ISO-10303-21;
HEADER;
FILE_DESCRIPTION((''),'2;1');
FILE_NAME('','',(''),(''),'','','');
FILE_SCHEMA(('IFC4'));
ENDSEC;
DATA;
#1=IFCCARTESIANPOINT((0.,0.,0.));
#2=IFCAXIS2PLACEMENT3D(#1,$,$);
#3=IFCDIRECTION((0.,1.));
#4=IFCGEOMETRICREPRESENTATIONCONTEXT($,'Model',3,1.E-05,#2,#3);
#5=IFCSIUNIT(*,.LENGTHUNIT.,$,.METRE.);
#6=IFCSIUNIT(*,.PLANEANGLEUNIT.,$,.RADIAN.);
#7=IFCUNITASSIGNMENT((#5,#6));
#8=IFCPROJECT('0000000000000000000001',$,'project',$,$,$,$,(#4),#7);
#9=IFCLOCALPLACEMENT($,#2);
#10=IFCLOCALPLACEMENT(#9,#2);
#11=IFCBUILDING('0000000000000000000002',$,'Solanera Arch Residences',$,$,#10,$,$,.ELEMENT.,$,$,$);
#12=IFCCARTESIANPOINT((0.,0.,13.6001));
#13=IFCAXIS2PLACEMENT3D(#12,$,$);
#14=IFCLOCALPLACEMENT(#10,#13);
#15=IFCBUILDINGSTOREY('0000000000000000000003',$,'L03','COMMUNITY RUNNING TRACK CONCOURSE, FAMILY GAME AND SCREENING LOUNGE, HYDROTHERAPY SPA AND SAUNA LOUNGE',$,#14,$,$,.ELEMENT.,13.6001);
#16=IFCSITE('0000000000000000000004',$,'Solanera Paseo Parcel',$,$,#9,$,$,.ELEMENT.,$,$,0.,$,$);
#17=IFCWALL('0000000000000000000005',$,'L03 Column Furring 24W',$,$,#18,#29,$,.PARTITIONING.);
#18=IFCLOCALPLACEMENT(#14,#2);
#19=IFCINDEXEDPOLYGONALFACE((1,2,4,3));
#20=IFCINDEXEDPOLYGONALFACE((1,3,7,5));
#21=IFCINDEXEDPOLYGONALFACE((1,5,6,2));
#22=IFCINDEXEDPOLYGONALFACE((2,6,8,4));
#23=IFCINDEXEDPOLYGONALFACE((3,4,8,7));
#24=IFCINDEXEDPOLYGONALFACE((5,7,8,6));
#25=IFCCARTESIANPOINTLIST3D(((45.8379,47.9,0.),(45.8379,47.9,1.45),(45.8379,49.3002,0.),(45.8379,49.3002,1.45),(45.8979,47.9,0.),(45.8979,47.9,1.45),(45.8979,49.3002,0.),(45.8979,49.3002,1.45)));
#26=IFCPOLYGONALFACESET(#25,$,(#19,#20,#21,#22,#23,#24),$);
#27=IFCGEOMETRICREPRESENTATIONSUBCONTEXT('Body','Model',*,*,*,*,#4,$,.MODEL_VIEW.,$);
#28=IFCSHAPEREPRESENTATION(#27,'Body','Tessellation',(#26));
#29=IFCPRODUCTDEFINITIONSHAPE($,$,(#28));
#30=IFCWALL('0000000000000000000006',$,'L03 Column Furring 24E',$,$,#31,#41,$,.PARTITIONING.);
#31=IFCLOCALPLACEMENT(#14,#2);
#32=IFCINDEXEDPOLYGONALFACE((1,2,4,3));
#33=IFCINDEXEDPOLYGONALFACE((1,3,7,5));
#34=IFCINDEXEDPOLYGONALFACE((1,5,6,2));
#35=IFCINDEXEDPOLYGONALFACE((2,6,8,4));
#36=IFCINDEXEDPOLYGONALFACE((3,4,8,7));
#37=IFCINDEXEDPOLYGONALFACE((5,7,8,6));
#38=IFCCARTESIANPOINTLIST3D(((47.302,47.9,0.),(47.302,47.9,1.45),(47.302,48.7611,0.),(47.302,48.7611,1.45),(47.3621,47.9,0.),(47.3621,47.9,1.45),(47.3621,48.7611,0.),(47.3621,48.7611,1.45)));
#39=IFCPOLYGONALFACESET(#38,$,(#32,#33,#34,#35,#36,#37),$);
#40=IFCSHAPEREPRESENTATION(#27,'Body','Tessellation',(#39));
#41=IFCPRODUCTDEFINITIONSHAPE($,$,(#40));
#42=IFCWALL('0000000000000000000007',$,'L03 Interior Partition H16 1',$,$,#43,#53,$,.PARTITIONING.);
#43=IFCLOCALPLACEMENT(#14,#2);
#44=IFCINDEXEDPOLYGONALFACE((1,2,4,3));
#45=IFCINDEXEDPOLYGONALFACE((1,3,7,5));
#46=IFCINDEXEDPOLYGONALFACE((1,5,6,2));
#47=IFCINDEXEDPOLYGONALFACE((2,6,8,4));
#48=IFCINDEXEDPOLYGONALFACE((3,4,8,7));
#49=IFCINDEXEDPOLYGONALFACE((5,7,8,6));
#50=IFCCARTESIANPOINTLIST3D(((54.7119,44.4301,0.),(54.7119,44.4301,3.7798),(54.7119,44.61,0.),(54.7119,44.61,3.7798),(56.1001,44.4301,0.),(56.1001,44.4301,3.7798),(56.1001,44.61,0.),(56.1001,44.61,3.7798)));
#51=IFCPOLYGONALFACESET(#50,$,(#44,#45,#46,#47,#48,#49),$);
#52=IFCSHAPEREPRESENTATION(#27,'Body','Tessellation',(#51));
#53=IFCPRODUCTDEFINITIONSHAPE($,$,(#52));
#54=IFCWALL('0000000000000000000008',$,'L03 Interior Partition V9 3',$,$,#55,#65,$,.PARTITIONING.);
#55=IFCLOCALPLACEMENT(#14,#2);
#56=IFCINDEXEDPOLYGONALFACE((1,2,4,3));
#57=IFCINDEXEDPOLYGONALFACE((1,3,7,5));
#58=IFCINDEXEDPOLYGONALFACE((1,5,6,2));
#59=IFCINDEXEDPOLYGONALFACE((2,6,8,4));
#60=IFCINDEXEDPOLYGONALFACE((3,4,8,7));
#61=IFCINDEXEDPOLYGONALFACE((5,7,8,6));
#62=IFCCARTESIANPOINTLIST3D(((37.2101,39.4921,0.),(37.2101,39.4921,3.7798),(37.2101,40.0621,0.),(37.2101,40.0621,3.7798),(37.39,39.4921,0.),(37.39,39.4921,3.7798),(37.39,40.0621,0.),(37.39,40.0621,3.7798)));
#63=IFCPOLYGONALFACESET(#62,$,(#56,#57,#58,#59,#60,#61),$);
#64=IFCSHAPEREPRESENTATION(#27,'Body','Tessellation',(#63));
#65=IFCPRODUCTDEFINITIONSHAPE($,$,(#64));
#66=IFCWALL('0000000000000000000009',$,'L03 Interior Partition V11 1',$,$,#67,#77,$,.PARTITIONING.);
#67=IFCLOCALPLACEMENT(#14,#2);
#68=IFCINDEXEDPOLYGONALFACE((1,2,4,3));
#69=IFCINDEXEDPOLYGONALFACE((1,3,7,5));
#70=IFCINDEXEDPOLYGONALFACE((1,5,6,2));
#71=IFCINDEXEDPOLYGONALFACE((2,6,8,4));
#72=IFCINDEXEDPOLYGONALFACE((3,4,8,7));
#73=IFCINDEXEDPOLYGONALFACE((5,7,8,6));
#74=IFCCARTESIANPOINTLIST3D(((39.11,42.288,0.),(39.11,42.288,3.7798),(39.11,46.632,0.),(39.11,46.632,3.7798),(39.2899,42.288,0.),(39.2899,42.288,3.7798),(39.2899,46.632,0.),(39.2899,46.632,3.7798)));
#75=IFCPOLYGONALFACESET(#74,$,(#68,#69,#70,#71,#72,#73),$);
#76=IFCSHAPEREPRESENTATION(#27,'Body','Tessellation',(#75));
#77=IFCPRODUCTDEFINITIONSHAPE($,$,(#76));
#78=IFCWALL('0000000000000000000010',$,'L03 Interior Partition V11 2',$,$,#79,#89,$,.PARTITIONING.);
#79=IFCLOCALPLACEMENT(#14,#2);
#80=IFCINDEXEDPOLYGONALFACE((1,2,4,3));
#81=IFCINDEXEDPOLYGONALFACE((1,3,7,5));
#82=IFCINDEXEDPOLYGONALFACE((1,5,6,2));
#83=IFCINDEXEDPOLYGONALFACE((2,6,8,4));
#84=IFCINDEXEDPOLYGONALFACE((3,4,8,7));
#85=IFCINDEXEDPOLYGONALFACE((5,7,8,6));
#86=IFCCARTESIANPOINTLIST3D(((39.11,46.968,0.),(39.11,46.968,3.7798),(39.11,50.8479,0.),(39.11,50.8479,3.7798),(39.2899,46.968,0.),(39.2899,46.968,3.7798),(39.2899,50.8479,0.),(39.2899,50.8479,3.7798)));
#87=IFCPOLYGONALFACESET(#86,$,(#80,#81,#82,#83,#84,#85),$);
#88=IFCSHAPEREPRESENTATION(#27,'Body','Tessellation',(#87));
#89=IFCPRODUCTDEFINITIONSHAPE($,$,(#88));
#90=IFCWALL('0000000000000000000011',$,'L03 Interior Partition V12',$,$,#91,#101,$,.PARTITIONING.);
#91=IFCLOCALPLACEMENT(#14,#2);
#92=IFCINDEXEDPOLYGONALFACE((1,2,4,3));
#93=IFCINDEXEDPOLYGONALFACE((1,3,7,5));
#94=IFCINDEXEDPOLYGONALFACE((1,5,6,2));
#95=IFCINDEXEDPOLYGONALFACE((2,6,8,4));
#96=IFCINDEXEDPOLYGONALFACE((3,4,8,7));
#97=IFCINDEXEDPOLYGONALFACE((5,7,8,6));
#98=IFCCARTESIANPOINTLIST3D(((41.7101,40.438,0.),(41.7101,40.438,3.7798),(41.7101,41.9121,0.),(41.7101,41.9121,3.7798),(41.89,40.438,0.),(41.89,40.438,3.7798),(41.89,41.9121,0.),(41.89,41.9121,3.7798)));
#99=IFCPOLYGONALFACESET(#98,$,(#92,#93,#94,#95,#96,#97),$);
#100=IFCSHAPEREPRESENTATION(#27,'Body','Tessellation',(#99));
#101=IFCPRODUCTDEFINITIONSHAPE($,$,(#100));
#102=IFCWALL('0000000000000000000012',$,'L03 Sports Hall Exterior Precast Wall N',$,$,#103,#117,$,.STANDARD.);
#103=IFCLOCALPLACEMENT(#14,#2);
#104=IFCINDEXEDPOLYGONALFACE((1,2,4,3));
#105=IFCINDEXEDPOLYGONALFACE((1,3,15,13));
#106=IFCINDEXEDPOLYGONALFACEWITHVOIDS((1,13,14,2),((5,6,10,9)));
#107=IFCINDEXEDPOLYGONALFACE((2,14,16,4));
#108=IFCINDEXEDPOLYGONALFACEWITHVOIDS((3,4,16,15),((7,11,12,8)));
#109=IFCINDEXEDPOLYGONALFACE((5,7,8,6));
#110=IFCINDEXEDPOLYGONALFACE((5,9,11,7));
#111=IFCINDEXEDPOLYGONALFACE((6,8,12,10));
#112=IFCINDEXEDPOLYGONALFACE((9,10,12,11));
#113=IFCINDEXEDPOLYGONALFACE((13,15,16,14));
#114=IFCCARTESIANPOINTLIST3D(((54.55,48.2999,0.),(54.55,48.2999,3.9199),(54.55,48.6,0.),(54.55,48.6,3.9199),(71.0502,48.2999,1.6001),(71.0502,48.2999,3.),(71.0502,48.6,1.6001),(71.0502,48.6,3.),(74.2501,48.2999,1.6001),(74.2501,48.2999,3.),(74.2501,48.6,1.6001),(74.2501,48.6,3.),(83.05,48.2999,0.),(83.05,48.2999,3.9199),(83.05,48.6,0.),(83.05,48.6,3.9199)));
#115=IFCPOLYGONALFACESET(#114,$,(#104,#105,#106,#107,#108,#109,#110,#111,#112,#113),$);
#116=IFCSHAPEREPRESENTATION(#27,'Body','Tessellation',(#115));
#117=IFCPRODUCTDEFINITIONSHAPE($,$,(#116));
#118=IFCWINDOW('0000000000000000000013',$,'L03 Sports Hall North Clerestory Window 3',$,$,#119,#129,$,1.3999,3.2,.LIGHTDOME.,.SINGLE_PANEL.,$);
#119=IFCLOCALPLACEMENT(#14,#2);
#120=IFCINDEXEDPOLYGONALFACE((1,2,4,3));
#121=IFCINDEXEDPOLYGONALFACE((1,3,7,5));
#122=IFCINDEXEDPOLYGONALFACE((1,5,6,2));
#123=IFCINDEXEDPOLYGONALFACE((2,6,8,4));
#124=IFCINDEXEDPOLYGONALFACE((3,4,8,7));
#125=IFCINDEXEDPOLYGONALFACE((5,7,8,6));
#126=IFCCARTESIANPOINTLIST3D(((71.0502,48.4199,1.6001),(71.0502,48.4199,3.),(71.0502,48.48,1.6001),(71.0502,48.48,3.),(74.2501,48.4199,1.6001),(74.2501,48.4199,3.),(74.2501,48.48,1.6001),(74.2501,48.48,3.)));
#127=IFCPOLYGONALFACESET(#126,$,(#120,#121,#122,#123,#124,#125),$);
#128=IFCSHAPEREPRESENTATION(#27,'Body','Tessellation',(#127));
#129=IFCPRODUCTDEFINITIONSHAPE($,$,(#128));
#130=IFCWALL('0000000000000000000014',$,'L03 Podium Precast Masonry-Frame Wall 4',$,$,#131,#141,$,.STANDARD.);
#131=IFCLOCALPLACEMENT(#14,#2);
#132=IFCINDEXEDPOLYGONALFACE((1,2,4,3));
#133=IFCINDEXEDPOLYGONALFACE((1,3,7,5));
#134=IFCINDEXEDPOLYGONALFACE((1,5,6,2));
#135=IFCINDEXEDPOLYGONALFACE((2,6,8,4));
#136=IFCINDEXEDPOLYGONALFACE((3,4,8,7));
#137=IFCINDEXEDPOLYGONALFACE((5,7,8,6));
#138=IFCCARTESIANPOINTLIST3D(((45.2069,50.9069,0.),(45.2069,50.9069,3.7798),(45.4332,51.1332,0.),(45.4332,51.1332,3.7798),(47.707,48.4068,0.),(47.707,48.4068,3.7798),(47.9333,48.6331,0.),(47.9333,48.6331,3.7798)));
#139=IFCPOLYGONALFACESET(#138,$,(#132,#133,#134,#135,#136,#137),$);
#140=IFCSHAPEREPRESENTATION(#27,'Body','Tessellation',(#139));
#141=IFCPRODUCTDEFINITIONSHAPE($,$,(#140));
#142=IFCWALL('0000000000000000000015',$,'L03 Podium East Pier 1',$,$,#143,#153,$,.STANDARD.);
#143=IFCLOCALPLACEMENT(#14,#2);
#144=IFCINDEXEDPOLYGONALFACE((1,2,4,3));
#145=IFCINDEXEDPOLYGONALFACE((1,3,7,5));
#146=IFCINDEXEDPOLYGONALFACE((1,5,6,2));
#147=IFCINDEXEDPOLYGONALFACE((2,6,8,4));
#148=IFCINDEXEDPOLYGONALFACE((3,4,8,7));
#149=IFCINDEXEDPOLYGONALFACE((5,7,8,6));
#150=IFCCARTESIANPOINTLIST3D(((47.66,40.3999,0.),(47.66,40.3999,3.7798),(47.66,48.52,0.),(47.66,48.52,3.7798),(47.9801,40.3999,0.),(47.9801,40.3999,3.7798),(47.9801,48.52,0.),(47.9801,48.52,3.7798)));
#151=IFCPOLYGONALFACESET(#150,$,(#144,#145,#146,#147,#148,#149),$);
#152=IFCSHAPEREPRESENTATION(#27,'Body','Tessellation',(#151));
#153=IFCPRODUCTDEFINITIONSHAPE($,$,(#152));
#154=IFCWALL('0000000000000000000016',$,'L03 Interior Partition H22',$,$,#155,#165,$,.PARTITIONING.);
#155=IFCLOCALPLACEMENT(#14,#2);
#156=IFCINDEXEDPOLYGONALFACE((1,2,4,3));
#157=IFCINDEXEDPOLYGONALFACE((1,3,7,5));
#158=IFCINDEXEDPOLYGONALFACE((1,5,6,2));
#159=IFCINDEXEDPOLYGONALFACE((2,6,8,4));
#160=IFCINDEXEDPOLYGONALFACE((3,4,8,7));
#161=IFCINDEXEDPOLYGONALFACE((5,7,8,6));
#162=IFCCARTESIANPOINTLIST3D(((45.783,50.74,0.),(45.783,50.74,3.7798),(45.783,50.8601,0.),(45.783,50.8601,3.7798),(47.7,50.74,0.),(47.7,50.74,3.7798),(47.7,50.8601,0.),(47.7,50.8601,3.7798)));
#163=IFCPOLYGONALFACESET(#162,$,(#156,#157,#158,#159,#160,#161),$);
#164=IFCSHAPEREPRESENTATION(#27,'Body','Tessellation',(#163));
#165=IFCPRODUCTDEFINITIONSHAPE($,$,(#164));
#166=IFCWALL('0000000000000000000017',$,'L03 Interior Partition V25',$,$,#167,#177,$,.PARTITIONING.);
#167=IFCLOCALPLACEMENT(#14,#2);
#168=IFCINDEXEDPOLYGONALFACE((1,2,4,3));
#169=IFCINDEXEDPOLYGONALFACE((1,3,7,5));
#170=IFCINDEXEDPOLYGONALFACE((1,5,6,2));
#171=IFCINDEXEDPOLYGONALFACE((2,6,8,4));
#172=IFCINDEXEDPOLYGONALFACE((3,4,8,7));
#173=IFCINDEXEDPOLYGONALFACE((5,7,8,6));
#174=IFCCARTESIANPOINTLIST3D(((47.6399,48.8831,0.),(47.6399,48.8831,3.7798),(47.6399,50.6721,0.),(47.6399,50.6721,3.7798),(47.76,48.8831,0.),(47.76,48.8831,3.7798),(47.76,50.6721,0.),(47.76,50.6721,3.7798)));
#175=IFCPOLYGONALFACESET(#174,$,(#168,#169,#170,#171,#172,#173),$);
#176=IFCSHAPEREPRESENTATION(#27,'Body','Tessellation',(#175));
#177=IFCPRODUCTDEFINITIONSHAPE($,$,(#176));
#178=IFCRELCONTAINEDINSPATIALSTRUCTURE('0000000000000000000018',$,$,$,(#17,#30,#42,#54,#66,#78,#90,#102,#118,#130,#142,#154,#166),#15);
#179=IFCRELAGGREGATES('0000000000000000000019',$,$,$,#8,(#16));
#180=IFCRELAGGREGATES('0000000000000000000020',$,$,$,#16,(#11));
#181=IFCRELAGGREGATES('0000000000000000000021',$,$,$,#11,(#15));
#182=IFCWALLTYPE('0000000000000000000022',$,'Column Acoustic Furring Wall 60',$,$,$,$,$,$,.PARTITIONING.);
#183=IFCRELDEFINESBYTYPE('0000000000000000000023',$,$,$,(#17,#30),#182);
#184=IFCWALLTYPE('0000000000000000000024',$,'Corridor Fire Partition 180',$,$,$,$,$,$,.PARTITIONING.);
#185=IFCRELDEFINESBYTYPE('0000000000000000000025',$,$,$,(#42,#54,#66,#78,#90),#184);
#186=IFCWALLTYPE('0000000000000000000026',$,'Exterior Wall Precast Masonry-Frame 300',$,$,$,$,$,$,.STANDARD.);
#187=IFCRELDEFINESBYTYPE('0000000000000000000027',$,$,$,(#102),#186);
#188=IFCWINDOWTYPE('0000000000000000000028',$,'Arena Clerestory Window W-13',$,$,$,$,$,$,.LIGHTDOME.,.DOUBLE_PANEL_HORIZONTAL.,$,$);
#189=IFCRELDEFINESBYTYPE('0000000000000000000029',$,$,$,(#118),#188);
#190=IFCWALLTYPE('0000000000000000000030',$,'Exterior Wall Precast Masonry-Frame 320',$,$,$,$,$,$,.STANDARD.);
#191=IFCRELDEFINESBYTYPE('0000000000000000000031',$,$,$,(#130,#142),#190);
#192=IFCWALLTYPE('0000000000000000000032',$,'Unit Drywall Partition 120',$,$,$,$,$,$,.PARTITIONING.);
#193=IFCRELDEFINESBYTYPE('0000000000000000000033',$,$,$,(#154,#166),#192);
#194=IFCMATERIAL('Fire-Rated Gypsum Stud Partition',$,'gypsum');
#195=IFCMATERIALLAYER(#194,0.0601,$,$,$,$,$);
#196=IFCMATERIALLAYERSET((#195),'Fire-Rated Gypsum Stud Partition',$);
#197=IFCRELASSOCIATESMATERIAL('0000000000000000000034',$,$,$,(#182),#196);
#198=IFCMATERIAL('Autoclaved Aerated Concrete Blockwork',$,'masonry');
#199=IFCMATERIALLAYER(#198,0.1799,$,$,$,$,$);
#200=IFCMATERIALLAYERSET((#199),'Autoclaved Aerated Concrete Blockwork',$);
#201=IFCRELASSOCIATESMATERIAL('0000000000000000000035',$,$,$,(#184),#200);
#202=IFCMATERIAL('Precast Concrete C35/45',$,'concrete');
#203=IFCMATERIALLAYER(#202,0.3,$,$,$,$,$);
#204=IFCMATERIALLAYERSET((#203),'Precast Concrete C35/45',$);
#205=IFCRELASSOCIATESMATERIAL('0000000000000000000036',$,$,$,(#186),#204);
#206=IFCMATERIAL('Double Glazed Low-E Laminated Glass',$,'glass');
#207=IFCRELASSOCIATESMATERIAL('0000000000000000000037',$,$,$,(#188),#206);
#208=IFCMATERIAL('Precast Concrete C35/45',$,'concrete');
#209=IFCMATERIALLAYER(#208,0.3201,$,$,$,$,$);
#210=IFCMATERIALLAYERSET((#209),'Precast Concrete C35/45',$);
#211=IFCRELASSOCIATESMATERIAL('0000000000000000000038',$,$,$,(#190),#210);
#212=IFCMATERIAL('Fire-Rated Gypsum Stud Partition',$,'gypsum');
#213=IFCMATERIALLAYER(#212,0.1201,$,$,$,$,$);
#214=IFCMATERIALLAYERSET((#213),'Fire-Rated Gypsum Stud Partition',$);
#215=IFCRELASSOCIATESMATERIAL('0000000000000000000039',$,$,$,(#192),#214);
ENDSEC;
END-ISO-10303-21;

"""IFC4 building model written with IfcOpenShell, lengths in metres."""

from ifc_helpers import new_model, si_unit, direction, frame, frame_2d, origin, place, context, subcontext, project, spatial, rectangle, extrude, material, layer, layer_set, type_object, element, fill, save


model = new_model("IFC4")

# Units and contexts
model_context = context("Model", 3, precision=1e-05, world=origin(), true_north=direction((0.0, 1.0)))
body_context = subcontext(model_context, "Body", "Model", "MODEL_VIEW")
ifc_project = project(units=[si_unit("LENGTHUNIT", "METRE"), si_unit("PLANEANGLEUNIT", "RADIAN")], contexts=[model_context])

# Site, building, storey
site_placement = place(None, origin())
site = spatial("IfcSite", under=ifc_project, at=site_placement, Name="Solanera Paseo Parcel", CompositionType="ELEMENT", RefElevation=0.0)
building_placement = place(site_placement, origin())
building = spatial("IfcBuilding", under=site, at=building_placement, Name="Solanera Arch Residences", CompositionType="ELEMENT")
storey_placement = place(building_placement, frame((0.0, 0.0, 13.6001)))
storey = spatial("IfcBuildingStorey", under=building, at=storey_placement, Name="L03", Description="COMMUNITY RUNNING TRACK CONCOURSE, FAMILY GAME AND SCREENING LOUNGE, HYDROTHERAPY SPA AND SAUNA LOUNGE", CompositionType="ELEMENT", Elevation=13.6001)

# Walls
ifc_material_1 = material(Name="Fire-Rated Gypsum Stud Partition", Category="gypsum")
ifc_layer_1 = layer(ifc_material_1, 0.0601)
ifc_layer_set_1 = layer_set([ifc_layer_1], Name="Fire-Rated Gypsum Stud Partition")
wall_type_1 = type_object("IfcWallType", Name="Column Acoustic Furring Wall 60", PredefinedType="PARTITIONING", material=ifc_layer_set_1)
wall_1_placement = place(storey_placement, frame((45.8679, 47.8999, 0.0), z_axis=(0.0, 0.0, 1.0), x_axis=(0.0, 1.0, 0.0)))
element("IfcWall", 1, at=wall_1_placement, inside=storey, type_object=wall_type_1, Name="L03 Column Furring 24W", PredefinedType="PARTITIONING", context=body_context, shape_type="SweptSolid", body=[
    extrude(rectangle(XDim=1.4001, YDim=0.0601, at=frame_2d((0.7002, 0.0))), origin(), (0.0, 0.0, 1.0), 1.45),
])
wall_2_placement = place(storey_placement, frame((47.332, 47.8999, 0.0), z_axis=(0.0, 0.0, 1.0), x_axis=(0.0, 1.0, 0.0)))
element("IfcWall", 2, at=wall_2_placement, inside=storey, type_object=wall_type_1, Name="L03 Column Furring 24E", PredefinedType="PARTITIONING", context=body_context, shape_type="SweptSolid", body=[
    extrude(rectangle(XDim=0.8611, YDim=0.0601, at=frame_2d((0.4307, 0.0))), origin(), (0.0, 0.0, 1.0), 1.45),
])
ifc_material_2 = material(Name="Autoclaved Aerated Concrete Blockwork", Category="masonry")
ifc_layer_2 = layer(ifc_material_2, 0.1799)
ifc_layer_set_2 = layer_set([ifc_layer_2], Name="Autoclaved Aerated Concrete Blockwork")
wall_type_2 = type_object("IfcWallType", Name="Corridor Fire Partition 180", PredefinedType="PARTITIONING", material=ifc_layer_set_2)
wall_3_placement = place(storey_placement, frame((54.7119, 44.52, 0.0), z_axis=(0.0, 0.0, 1.0), x_axis=(1.0, 0.0, 0.0)))
element("IfcWall", 3, at=wall_3_placement, inside=storey, type_object=wall_type_2, Name="L03 Interior Partition H16 1", PredefinedType="PARTITIONING", context=body_context, shape_type="SweptSolid", body=[
    extrude(rectangle(XDim=1.3882, YDim=0.1799, at=frame_2d((0.6941, 0.0))), origin(), (0.0, 0.0, 1.0), 3.7798),
])
wall_4_placement = place(storey_placement, frame((37.3, 39.4919, 0.0), z_axis=(0.0, 0.0, 1.0), x_axis=(0.0, 1.0, 0.0)))
element("IfcWall", 4, at=wall_4_placement, inside=storey, type_object=wall_type_2, Name="L03 Interior Partition V9 3", PredefinedType="PARTITIONING", context=body_context, shape_type="SweptSolid", body=[
    extrude(rectangle(XDim=0.5701, YDim=0.1799, at=frame_2d((0.2852, 0.0))), origin(), (0.0, 0.0, 1.0), 3.7798),
])
wall_5_placement = place(storey_placement, frame((39.2, 42.2881, 0.0), z_axis=(0.0, 0.0, 1.0), x_axis=(0.0, 1.0, 0.0)))
element("IfcWall", 5, at=wall_5_placement, inside=storey, type_object=wall_type_2, Name="L03 Interior Partition V11 1", PredefinedType="PARTITIONING", context=body_context, shape_type="SweptSolid", body=[
    extrude(rectangle(XDim=4.344, YDim=0.1799, at=frame_2d((2.1719, 0.0))), origin(), (0.0, 0.0, 1.0), 3.7798),
])
wall_6_placement = place(storey_placement, frame((39.2, 46.968, 0.0), z_axis=(0.0, 0.0, 1.0), x_axis=(0.0, 1.0, 0.0)))
element("IfcWall", 6, at=wall_6_placement, inside=storey, type_object=wall_type_2, Name="L03 Interior Partition V11 2", PredefinedType="PARTITIONING", context=body_context, shape_type="SweptSolid", body=[
    extrude(rectangle(XDim=3.8799, YDim=0.1799, at=frame_2d((1.9399, 0.0))), origin(), (0.0, 0.0, 1.0), 3.7798),
])
wall_7_placement = place(storey_placement, frame((41.8, 40.438, 0.0), z_axis=(0.0, 0.0, 1.0), x_axis=(0.0, 1.0, 0.0)))
element("IfcWall", 7, at=wall_7_placement, inside=storey, type_object=wall_type_2, Name="L03 Interior Partition V12", PredefinedType="PARTITIONING", context=body_context, shape_type="SweptSolid", body=[
    extrude(rectangle(XDim=1.4741, YDim=0.1799, at=frame_2d((0.7371, 0.0))), origin(), (0.0, 0.0, 1.0), 3.7798),
])

# Wall, opening, window
ifc_material_3 = material(Name="Precast Concrete C35/45", Category="concrete")
ifc_layer_3 = layer(ifc_material_3, 0.3)
ifc_layer_set_3 = layer_set([ifc_layer_3], Name="Precast Concrete C35/45")
wall_type_3 = type_object("IfcWallType", Name="Exterior Wall Precast Masonry-Frame 300", PredefinedType="STANDARD", material=ifc_layer_set_3)
wall_8_placement = place(storey_placement, frame((54.55, 48.45, 0.0), z_axis=(0.0, 0.0, 1.0), x_axis=(1.0, 0.0, 0.0)))
wall_8 = element("IfcWall", 8, at=wall_8_placement, inside=storey, type_object=wall_type_3, Name="L03 Sports Hall Exterior Precast Wall N", PredefinedType="STANDARD", context=body_context, shape_type="SweptSolid", body=[
    extrude(rectangle(XDim=28.5, YDim=0.3, at=frame_2d((14.25, 0.0))), origin(), (0.0, 0.0, 1.0), 3.9199),
])
opening_placement = place(wall_8_placement, frame((16.5, 0.0, 1.6001)))
opening = element("IfcOpeningElement", 9, at=opening_placement, cuts=wall_8, PredefinedType="OPENING", context=body_context, shape_type="SweptSolid", body=[
    extrude(rectangle(XDim=3.2, YDim=1.3999, at=frame_2d((1.6001, 0.7))), frame((0.0, 0.1599, 0.0), z_axis=(0.0, -1.0, 0.0), x_axis=(1.0, 0.0, 0.0)), (0.0, 0.0, 1.0), 0.32),
])
ifc_material_4 = material(Name="Double Glazed Low-E Laminated Glass", Category="glass")
window_type = type_object("IfcWindowType", Name="Arena Clerestory Window W-13", PartitioningType="DOUBLE_PANEL_HORIZONTAL", PredefinedType="LIGHTDOME", material=ifc_material_4)
window_placement = place(opening_placement, origin())
window = element("IfcWindow", 10, at=window_placement, inside=storey, type_object=window_type, Name="L03 Sports Hall North Clerestory Window 3", OverallHeight=1.3999, OverallWidth=3.2, PartitioningType="SINGLE_PANEL", PredefinedType="LIGHTDOME", context=body_context, shape_type="SweptSolid", body=[
    extrude(rectangle(XDim=3.2, YDim=1.3999, at=frame_2d((1.6001, 0.7))), frame((0.0, 0.03, 0.0), z_axis=(0.0, -1.0, 0.0), x_axis=(1.0, 0.0, 0.0)), (0.0, 0.0, 1.0), 0.0601),
])
fill(opening, window)

# Walls
ifc_material_5 = material(Name="Precast Concrete C35/45", Category="concrete")
ifc_layer_4 = layer(ifc_material_5, 0.3201)
ifc_layer_set_4 = layer_set([ifc_layer_4], Name="Precast Concrete C35/45")
wall_type_4 = type_object("IfcWallType", Name="Exterior Wall Precast Masonry-Frame 320", PredefinedType="STANDARD", material=ifc_layer_set_4)
wall_9_placement = place(storey_placement, frame((45.3201, 51.02, 0.0), z_axis=(0.0, 0.0, 1.0), x_axis=(0.707107, -0.707107, 0.0)))
element("IfcWall", 11, at=wall_9_placement, inside=storey, type_object=wall_type_4, Name="L03 Podium Precast Masonry-Frame Wall 4", PredefinedType="STANDARD", context=body_context, shape_type="SweptSolid", body=[
    extrude(rectangle(XDim=3.5356, YDim=0.3201, at=frame_2d((1.7678, 0.0))), origin(), (0.0, 0.0, 1.0), 3.7798),
])
wall_10_placement = place(storey_placement, frame((47.8201, 48.52, 0.0), z_axis=(0.0, 0.0, 1.0), x_axis=(0.0, -1.0, 0.0)))
element("IfcWall", 12, at=wall_10_placement, inside=storey, type_object=wall_type_4, Name="L03 Podium East Pier 1", PredefinedType="STANDARD", context=body_context, shape_type="SweptSolid", body=[
    extrude(rectangle(XDim=8.1201, YDim=0.3201, at=frame_2d((4.0601, 0.0))), origin(), (0.0, 0.0, 1.0), 3.7798),
])
ifc_material_6 = material(Name="Fire-Rated Gypsum Stud Partition", Category="gypsum")
ifc_layer_5 = layer(ifc_material_6, 0.1201)
ifc_layer_set_5 = layer_set([ifc_layer_5], Name="Fire-Rated Gypsum Stud Partition")
wall_type_5 = type_object("IfcWallType", Name="Unit Drywall Partition 120", PredefinedType="PARTITIONING", material=ifc_layer_set_5)
wall_11_placement = place(storey_placement, frame((45.783, 50.8, 0.0), z_axis=(0.0, 0.0, 1.0), x_axis=(1.0, 0.0, 0.0)))
element("IfcWall", 13, at=wall_11_placement, inside=storey, type_object=wall_type_5, Name="L03 Interior Partition H22", PredefinedType="PARTITIONING", context=body_context, shape_type="SweptSolid", body=[
    extrude(rectangle(XDim=1.917, YDim=0.1201, at=frame_2d((0.9585, 0.0))), origin(), (0.0, 0.0, 1.0), 3.7798),
])
wall_12_placement = place(storey_placement, frame((47.7, 48.8831, 0.0), z_axis=(0.0, 0.0, 1.0), x_axis=(0.0, 1.0, 0.0)))
element("IfcWall", 14, at=wall_12_placement, inside=storey, type_object=wall_type_5, Name="L03 Interior Partition V25", PredefinedType="PARTITIONING", context=body_context, shape_type="SweptSolid", body=[
    extrude(rectangle(XDim=1.7891, YDim=0.1201, at=frame_2d((0.8945, 0.0))), origin(), (0.0, 0.0, 1.0), 3.7798),
])

save(model, "model.ifc")
